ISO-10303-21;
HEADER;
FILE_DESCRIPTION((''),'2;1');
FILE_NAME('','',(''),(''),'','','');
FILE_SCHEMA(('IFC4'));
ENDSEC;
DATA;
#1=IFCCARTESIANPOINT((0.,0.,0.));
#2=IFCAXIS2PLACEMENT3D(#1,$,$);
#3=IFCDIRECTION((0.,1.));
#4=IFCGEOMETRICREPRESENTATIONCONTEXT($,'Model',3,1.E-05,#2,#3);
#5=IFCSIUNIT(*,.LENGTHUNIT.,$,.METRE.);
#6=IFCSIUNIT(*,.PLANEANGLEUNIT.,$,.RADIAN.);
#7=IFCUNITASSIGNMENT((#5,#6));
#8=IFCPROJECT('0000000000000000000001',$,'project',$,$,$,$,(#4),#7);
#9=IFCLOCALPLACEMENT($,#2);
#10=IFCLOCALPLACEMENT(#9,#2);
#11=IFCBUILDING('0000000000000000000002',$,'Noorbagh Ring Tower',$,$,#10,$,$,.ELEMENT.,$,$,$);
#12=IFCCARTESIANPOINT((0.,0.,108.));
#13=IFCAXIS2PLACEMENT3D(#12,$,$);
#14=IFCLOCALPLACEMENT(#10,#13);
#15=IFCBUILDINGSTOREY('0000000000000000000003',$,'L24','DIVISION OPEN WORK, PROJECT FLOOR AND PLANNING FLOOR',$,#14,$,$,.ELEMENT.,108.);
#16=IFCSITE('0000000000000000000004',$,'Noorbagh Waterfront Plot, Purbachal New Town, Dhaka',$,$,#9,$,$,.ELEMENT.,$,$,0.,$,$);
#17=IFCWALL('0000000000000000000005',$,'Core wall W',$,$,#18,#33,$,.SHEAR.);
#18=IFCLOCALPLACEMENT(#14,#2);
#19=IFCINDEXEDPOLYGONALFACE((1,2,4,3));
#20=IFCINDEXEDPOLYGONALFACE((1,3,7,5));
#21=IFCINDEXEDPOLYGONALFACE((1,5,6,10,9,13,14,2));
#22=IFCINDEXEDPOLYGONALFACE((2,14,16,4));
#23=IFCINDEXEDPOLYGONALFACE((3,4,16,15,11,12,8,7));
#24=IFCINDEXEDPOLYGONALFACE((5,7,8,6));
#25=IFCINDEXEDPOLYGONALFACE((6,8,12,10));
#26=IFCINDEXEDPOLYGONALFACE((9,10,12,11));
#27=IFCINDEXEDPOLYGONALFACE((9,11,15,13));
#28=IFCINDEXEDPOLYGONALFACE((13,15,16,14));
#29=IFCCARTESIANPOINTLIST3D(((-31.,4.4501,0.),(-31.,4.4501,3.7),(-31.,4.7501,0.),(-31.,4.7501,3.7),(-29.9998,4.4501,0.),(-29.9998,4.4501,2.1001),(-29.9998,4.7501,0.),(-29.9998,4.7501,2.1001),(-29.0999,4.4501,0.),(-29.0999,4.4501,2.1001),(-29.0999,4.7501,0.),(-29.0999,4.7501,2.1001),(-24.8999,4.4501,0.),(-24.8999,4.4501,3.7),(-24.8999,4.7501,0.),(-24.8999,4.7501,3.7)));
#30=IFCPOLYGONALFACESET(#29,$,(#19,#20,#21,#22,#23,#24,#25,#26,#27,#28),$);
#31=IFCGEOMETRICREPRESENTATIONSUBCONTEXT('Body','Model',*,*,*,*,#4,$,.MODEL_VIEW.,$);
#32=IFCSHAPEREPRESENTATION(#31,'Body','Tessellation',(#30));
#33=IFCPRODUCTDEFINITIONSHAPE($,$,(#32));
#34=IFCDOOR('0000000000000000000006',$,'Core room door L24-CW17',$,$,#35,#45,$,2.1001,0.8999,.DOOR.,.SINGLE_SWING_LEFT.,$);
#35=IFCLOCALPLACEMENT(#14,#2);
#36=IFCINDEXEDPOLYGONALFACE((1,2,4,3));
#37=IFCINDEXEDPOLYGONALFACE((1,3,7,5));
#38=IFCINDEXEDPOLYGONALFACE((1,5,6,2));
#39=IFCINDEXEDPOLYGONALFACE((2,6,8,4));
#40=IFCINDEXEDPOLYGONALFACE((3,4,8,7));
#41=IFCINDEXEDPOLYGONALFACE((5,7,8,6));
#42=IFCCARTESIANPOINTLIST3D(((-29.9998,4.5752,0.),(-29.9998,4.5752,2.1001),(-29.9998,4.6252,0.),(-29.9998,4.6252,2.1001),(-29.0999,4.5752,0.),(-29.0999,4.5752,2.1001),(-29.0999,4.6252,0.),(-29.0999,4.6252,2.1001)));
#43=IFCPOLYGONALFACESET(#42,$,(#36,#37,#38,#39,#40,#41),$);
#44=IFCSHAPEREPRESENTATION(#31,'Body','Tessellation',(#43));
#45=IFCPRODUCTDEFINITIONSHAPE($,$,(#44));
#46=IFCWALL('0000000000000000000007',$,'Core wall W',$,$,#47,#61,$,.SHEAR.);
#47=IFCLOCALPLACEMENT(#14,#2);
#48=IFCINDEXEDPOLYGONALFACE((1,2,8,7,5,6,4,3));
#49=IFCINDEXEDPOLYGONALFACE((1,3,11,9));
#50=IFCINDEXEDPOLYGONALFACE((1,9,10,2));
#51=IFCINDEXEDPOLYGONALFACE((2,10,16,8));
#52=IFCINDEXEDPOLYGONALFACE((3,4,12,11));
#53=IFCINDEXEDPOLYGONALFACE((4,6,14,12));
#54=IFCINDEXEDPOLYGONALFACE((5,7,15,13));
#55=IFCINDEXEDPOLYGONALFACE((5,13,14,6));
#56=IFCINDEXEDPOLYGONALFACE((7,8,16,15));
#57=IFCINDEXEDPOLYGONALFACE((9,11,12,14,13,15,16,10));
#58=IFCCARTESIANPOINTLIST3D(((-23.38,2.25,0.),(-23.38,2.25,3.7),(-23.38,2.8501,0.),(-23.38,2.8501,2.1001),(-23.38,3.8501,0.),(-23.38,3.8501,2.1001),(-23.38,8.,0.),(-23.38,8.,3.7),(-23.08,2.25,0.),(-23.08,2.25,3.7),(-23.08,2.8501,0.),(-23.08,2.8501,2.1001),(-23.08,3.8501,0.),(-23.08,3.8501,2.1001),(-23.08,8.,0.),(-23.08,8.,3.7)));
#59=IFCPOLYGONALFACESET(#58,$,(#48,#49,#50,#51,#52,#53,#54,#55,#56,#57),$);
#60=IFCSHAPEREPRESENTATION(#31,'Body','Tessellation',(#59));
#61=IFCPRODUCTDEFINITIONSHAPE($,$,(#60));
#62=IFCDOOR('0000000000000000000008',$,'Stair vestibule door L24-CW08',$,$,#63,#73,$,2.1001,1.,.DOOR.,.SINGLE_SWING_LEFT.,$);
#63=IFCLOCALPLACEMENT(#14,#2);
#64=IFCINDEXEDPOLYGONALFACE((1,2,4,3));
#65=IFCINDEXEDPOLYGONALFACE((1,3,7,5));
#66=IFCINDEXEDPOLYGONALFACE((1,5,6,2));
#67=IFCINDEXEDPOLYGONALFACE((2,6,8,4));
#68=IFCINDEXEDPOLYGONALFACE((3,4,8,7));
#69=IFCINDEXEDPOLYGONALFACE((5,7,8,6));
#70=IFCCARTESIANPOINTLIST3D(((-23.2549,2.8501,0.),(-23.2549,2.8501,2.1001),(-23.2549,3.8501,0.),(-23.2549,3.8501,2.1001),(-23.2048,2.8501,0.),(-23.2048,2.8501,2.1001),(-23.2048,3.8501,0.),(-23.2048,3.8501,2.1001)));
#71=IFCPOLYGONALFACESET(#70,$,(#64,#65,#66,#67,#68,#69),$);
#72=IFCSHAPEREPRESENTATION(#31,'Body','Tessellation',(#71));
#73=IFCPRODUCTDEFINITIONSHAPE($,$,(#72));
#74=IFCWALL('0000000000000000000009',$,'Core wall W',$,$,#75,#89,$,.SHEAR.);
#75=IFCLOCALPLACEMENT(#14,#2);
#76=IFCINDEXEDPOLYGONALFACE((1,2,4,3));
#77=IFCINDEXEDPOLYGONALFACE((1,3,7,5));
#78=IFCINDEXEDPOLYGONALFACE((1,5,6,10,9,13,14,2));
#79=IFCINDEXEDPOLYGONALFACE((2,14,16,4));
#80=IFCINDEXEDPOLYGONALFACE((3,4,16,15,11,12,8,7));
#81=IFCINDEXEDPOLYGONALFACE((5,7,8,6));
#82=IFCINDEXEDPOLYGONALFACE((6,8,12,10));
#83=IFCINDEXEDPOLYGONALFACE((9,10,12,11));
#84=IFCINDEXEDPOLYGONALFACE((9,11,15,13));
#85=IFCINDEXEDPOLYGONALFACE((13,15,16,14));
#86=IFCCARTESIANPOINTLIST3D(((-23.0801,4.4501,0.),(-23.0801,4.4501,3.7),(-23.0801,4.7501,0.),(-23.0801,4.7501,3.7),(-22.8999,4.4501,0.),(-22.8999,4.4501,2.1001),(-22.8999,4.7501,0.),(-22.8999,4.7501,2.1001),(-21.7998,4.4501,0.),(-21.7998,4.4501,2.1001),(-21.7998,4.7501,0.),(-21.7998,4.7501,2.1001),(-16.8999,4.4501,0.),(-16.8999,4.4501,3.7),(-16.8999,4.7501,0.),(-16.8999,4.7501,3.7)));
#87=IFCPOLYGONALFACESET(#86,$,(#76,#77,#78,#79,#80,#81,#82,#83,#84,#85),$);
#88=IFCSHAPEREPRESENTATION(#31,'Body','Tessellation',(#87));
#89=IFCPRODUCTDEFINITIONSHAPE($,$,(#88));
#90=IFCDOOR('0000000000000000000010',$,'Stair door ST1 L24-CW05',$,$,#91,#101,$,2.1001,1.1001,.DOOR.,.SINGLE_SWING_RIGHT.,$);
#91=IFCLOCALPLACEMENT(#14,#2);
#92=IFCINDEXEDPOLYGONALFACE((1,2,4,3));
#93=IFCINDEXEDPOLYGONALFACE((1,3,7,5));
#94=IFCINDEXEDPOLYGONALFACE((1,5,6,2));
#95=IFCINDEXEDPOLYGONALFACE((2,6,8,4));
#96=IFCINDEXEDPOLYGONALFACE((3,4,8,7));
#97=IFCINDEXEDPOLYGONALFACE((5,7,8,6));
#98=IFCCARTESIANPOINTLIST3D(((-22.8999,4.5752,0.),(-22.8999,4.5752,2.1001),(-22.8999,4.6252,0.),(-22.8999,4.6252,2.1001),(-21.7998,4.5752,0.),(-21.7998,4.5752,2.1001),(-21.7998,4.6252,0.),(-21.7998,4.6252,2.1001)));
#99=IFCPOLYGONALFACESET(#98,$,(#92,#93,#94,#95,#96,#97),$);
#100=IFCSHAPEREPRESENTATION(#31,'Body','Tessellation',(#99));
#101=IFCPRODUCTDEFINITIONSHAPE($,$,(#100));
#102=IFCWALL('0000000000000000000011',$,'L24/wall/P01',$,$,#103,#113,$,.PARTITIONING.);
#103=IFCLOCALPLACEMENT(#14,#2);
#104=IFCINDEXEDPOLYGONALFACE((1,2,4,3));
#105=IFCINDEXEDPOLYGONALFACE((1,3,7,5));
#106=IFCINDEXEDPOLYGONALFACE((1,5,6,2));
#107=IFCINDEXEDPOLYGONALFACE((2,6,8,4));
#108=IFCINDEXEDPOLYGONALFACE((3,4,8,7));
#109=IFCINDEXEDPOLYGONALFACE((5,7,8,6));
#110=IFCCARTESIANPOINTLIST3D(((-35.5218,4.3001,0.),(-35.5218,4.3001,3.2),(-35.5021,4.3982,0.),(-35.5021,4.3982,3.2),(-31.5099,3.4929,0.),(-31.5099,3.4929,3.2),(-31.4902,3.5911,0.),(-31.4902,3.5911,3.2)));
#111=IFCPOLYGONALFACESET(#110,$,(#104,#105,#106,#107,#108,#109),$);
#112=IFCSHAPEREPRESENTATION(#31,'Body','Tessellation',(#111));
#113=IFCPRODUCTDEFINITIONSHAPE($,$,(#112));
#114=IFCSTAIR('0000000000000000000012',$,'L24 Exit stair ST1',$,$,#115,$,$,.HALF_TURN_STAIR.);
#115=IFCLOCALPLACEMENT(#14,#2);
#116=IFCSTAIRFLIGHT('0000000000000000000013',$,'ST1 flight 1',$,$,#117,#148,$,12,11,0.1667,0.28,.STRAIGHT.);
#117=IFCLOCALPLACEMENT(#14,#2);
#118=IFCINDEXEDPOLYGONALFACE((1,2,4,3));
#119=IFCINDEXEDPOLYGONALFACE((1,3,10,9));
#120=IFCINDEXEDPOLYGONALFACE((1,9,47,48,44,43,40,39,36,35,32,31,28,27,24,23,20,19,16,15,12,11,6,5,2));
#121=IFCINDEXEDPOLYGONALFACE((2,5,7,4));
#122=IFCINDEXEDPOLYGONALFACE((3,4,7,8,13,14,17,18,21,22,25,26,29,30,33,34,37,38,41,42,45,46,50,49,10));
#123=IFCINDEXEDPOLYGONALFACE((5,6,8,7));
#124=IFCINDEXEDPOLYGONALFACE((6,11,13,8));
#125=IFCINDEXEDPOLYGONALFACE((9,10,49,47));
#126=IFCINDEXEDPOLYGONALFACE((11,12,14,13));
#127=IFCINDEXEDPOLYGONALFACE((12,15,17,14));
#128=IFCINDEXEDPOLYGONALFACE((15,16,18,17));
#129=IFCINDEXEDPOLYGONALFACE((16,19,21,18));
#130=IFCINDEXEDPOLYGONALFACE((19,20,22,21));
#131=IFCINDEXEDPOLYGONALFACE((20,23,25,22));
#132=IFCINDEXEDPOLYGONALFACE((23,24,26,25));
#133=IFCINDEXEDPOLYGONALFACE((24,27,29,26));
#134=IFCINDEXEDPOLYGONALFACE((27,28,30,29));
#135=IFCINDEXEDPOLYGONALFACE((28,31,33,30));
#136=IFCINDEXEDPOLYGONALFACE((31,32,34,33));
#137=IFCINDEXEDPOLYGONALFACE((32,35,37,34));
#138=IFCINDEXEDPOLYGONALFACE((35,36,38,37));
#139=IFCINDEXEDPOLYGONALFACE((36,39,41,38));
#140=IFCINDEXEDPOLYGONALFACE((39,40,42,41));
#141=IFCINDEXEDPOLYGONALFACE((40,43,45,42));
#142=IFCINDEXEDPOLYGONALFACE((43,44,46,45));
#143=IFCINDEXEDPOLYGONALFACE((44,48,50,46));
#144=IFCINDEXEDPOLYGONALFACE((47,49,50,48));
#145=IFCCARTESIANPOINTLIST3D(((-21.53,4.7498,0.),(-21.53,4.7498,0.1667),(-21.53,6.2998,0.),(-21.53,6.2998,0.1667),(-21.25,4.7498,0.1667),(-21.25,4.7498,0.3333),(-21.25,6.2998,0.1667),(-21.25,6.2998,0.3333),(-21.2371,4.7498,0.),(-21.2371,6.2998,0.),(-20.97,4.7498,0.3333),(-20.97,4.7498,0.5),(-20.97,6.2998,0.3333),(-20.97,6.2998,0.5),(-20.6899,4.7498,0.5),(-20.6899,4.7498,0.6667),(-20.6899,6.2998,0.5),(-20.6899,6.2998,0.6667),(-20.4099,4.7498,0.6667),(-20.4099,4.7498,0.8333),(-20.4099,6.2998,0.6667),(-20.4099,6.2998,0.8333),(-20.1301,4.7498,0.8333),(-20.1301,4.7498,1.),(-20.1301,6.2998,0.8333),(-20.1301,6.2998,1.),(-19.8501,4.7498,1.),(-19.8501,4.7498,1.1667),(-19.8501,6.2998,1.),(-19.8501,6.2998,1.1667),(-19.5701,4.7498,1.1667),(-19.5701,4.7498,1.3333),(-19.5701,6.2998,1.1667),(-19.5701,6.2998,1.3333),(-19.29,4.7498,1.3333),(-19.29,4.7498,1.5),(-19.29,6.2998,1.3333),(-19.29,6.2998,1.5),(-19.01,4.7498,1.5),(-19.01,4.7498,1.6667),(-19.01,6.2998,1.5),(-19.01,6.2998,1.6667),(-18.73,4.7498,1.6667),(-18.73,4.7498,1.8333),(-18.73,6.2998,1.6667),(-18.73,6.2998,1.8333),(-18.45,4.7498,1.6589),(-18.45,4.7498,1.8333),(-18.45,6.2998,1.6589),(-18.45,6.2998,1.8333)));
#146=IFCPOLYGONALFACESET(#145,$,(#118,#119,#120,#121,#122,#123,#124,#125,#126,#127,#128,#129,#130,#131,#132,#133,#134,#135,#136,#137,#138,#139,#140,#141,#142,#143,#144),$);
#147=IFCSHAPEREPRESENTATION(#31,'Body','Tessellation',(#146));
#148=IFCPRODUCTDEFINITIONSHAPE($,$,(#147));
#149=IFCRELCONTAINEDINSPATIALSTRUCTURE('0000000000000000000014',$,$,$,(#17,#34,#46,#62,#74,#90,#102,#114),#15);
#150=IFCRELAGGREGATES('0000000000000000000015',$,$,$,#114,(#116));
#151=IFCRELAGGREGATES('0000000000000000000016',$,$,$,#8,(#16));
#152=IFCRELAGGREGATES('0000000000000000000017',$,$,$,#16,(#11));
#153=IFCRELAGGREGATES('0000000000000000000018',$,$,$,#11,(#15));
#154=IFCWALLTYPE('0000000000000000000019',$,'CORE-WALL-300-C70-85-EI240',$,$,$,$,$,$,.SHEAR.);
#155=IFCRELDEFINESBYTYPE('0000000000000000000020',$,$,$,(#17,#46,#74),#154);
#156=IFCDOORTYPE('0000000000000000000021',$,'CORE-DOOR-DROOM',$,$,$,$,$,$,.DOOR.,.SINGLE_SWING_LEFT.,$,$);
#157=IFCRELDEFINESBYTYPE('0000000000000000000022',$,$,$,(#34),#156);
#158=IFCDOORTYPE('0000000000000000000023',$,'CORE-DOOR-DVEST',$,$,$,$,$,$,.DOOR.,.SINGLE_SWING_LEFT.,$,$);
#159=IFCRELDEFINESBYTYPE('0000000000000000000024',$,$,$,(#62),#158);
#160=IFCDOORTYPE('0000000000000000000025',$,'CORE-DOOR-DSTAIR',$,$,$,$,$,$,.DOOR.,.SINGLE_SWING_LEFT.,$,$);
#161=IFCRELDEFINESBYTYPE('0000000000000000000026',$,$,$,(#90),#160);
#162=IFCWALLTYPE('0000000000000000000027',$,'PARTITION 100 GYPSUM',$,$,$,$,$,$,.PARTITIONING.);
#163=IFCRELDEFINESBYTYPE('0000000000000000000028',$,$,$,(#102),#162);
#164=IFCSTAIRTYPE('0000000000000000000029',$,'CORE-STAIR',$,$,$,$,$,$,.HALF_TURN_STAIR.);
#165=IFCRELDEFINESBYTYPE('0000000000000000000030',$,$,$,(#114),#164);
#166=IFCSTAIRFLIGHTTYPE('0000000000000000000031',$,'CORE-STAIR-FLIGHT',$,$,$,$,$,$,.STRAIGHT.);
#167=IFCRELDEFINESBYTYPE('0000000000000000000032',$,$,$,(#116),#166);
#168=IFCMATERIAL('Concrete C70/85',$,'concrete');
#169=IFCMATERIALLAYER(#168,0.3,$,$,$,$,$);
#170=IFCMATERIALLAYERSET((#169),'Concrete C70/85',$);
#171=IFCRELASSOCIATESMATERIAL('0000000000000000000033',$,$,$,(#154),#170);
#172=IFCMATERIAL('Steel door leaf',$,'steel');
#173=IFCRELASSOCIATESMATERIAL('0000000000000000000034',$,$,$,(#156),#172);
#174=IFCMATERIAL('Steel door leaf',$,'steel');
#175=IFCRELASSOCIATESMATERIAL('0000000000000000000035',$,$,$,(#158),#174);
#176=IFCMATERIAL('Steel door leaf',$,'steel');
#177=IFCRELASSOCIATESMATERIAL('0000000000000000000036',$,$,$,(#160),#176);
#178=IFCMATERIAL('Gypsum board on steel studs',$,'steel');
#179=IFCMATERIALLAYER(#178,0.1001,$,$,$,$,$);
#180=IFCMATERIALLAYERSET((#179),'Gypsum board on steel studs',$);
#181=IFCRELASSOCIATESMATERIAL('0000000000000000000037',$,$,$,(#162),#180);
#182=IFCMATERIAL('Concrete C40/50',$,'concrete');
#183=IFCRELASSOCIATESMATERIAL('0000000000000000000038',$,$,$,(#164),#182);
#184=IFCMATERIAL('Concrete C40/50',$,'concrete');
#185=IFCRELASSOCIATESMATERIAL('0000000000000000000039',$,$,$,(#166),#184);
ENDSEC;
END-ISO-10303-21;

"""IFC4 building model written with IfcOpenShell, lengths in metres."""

from ifc_helpers import new_model, si_unit, direction, frame, frame_2d, origin, place, context, subcontext, project, spatial, polyline, rectangle, outline, extrude, material, layer, layer_set, type_object, element, fill, aggregate, save


model = new_model("IFC4")

# Units and contexts
model_context = context("Model", 3, precision=1e-05, world=origin(), true_north=direction((0.0, 1.0)))
body_context = subcontext(model_context, "Body", "Model", "MODEL_VIEW")
ifc_project = project(units=[si_unit("LENGTHUNIT", "METRE"), si_unit("PLANEANGLEUNIT", "RADIAN")], contexts=[model_context])

# Site, building, storey
site_placement = place(None, origin())
site = spatial("IfcSite", under=ifc_project, at=site_placement, Name="Noorbagh Waterfront Plot, Purbachal New Town, Dhaka", CompositionType="ELEMENT", RefElevation=0.0)
building_placement = place(site_placement, origin())
building = spatial("IfcBuilding", under=site, at=building_placement, Name="Noorbagh Ring Tower", CompositionType="ELEMENT")
storey_placement = place(building_placement, frame((0.0, 0.0, 108.0)))
storey = spatial("IfcBuildingStorey", under=building, at=storey_placement, Name="L24", Description="DIVISION OPEN WORK, PROJECT FLOOR AND PLANNING FLOOR", CompositionType="ELEMENT", Elevation=108.0)

# Walls, openings, doors
ifc_material_1 = material(Name="Concrete C70/85", Category="concrete")
ifc_layer_1 = layer(ifc_material_1, 0.3)
ifc_layer_set_1 = layer_set([ifc_layer_1], Name="Concrete C70/85")
wall_type_1 = type_object("IfcWallType", Name="CORE-WALL-300-C70-85-EI240", PredefinedType="SHEAR", material=ifc_layer_set_1)
wall_1_placement = place(storey_placement, frame((-24.8999, 4.6001, 0.0), z_axis=(0.0, 0.0, 1.0), x_axis=(-1.0, 0.0, 0.0)))
wall_1 = element("IfcWall", 1, at=wall_1_placement, inside=storey, type_object=wall_type_1, Name="Core wall W", PredefinedType="SHEAR", context=body_context, shape_type="SweptSolid", body=[
    extrude(rectangle(XDim=6.1001, YDim=0.3, at=frame_2d((3.05, 0.0))), origin(), (0.0, 0.0, 1.0), 3.7),
])
opening_1_placement = place(wall_1_placement, frame((4.2, 0.0, 0.0)))
opening_1 = element("IfcOpeningElement", 2, at=opening_1_placement, cuts=wall_1, PredefinedType="OPENING", context=body_context, shape_type="SweptSolid", body=[
    extrude(rectangle(XDim=0.8999, YDim=2.1001, at=frame_2d((0.45, 1.05))), frame((0.0, 0.1602, 0.0), z_axis=(0.0, -1.0, 0.0), x_axis=(1.0, 0.0, 0.0)), (0.0, 0.0, 1.0), 0.3201),
])
ifc_material_2 = material(Name="Steel door leaf", Category="steel")
door_type_1 = type_object("IfcDoorType", Name="CORE-DOOR-DROOM", OperationType="SINGLE_SWING_LEFT", PredefinedType="DOOR", material=ifc_material_2)
door_1_placement = place(opening_1_placement, origin())
door_1 = element("IfcDoor", 3, at=door_1_placement, inside=storey, type_object=door_type_1, Name="Core room door L24-CW17", OperationType="SINGLE_SWING_LEFT", OverallHeight=2.1001, OverallWidth=0.8999, PredefinedType="DOOR", context=body_context, shape_type="SweptSolid", body=[
    extrude(rectangle(XDim=0.8999, YDim=2.1001, at=frame_2d((0.45, 1.05))), frame((0.0, 0.0249, 0.0), z_axis=(0.0, -1.0, 0.0), x_axis=(1.0, 0.0, 0.0)), (0.0, 0.0, 1.0), 0.05),
])
fill(opening_1, door_1)
wall_2_placement = place(storey_placement, frame((-23.23, 2.25, 0.0), z_axis=(0.0, 0.0, 1.0), x_axis=(0.0, 1.0, 0.0)))
wall_2 = element("IfcWall", 4, at=wall_2_placement, inside=storey, type_object=wall_type_1, Name="Core wall W", PredefinedType="SHEAR", context=body_context, shape_type="SweptSolid", body=[
    extrude(rectangle(XDim=5.75, YDim=0.3, at=frame_2d((2.875, 0.0))), origin(), (0.0, 0.0, 1.0), 3.7),
])
opening_2_placement = place(wall_2_placement, frame((0.6001, 0.0, 0.0)))
opening_2 = element("IfcOpeningElement", 5, at=opening_2_placement, cuts=wall_2, PredefinedType="OPENING", context=body_context, shape_type="SweptSolid", body=[
    extrude(rectangle(XDim=1.0, YDim=2.1001, at=frame_2d((0.5, 1.05))), frame((0.0, 0.1602, 0.0), z_axis=(0.0, -1.0, 0.0), x_axis=(1.0, 0.0, 0.0)), (0.0, 0.0, 1.0), 0.3201),
])
ifc_material_3 = material(Name="Steel door leaf", Category="steel")
door_type_2 = type_object("IfcDoorType", Name="CORE-DOOR-DVEST", OperationType="SINGLE_SWING_LEFT", PredefinedType="DOOR", material=ifc_material_3)
door_2_placement = place(opening_2_placement, origin())
door_2 = element("IfcDoor", 6, at=door_2_placement, inside=storey, type_object=door_type_2, Name="Stair vestibule door L24-CW08", OperationType="SINGLE_SWING_LEFT", OverallHeight=2.1001, OverallWidth=1.0, PredefinedType="DOOR", context=body_context, shape_type="SweptSolid", body=[
    extrude(rectangle(XDim=1.0, YDim=2.1001, at=frame_2d((0.5, 1.05))), frame((0.0, 0.0249, 0.0), z_axis=(0.0, -1.0, 0.0), x_axis=(1.0, 0.0, 0.0)), (0.0, 0.0, 1.0), 0.05),
])
fill(opening_2, door_2)
wall_3_placement = place(storey_placement, frame((-16.8999, 4.6001, 0.0), z_axis=(0.0, 0.0, 1.0), x_axis=(-1.0, 0.0, 0.0)))
wall_3 = element("IfcWall", 7, at=wall_3_placement, inside=storey, type_object=wall_type_1, Name="Core wall W", PredefinedType="SHEAR", context=body_context, shape_type="SweptSolid", body=[
    extrude(rectangle(XDim=6.1802, YDim=0.3, at=frame_2d((3.0901, 0.0))), origin(), (0.0, 0.0, 1.0), 3.7),
])
opening_3_placement = place(wall_3_placement, frame((4.8999, 0.0, 0.0)))
opening_3 = element("IfcOpeningElement", 8, at=opening_3_placement, cuts=wall_3, PredefinedType="OPENING", context=body_context, shape_type="SweptSolid", body=[
    extrude(rectangle(XDim=1.1001, YDim=2.1001, at=frame_2d((0.55, 1.05))), frame((0.0, 0.1602, 0.0), z_axis=(0.0, -1.0, 0.0), x_axis=(1.0, 0.0, 0.0)), (0.0, 0.0, 1.0), 0.3201),
])
ifc_material_4 = material(Name="Steel door leaf", Category="steel")
door_type_3 = type_object("IfcDoorType", Name="CORE-DOOR-DSTAIR", OperationType="SINGLE_SWING_LEFT", PredefinedType="DOOR", material=ifc_material_4)
door_3_placement = place(opening_3_placement, origin())
door_3 = element("IfcDoor", 9, at=door_3_placement, inside=storey, type_object=door_type_3, Name="Stair door ST1 L24-CW05", OperationType="SINGLE_SWING_RIGHT", OverallHeight=2.1001, OverallWidth=1.1001, PredefinedType="DOOR", context=body_context, shape_type="SweptSolid", body=[
    extrude(rectangle(XDim=1.1001, YDim=2.1001, at=frame_2d((0.55, 1.05))), frame((0.0, 0.0249, 0.0), z_axis=(0.0, -1.0, 0.0), x_axis=(1.0, 0.0, 0.0)), (0.0, 0.0, 1.0), 0.05),
])
fill(opening_3, door_3)

# Wall
ifc_material_5 = material(Name="Gypsum board on steel studs", Category="steel")
ifc_layer_2 = layer(ifc_material_5, 0.1001)
ifc_layer_set_2 = layer_set([ifc_layer_2], Name="Gypsum board on steel studs")
wall_type_2 = type_object("IfcWallType", Name="PARTITION 100 GYPSUM", PredefinedType="PARTITIONING", material=ifc_layer_set_2)
wall_4_placement = place(storey_placement, frame((-35.512, 4.3491, 0.0), z_axis=(0.0, 0.0, 1.0), x_axis=(0.980357, -0.197229, 0.0)))
element("IfcWall", 10, at=wall_4_placement, inside=storey, type_object=wall_type_2, Name="L24/wall/P01", PredefinedType="PARTITIONING", context=body_context, shape_type="SweptSolid", body=[
    extrude(rectangle(XDim=4.0923, YDim=0.1001, at=frame_2d((2.0461, 0.0))), origin(), (0.0, 0.0, 1.0), 3.2),
])

# Stair, stair flight
ifc_material_6 = material(Name="Concrete C40/50", Category="concrete")
stair_type = type_object("IfcStairType", Name="CORE-STAIR", PredefinedType="HALF_TURN_STAIR", material=ifc_material_6)
stair_placement = place(storey_placement, origin())
stair = element("IfcStair", 11, at=stair_placement, inside=storey, type_object=stair_type, Name="L24 Exit stair ST1", PredefinedType="HALF_TURN_STAIR")
ifc_material_7 = material(Name="Concrete C40/50", Category="concrete")
stair_flight_type = type_object("IfcStairFlightType", Name="CORE-STAIR-FLIGHT", PredefinedType="STRAIGHT", material=ifc_material_7)
stair_flight_placement = place(storey_placement, frame((-21.53, 5.5249, 0.0), z_axis=(0.0, 0.0, 1.0), x_axis=(1.0, 0.0, 0.0)))
stair_flight = element("IfcStairFlight", 12, at=stair_flight_placement, type_object=stair_flight_type, Name="ST1 flight 1", NumberOfRisers=12, NumberOfTreads=11, PredefinedType="STRAIGHT", RiserHeight=0.1667, TreadLength=0.28, context=body_context, shape_type="SweptSolid", body=[
    extrude(outline(polyline([(0.0, 0.0), (0.0, 0.1667), (0.28, 0.1667), (0.28, 0.3333), (0.5601, 0.3333), (0.5601, 0.5), (0.8401, 0.5), (0.8401, 0.6667), (1.1201, 0.6667), (1.1201, 0.8333), (1.3999, 0.8333), (1.3999, 1.0), (1.6799, 1.0), (1.6799, 1.1667), (1.96, 1.1667), (1.96, 1.3333), (2.24, 1.3333), (2.24, 1.5), (2.52, 1.5), (2.52, 1.6667), (2.8, 1.6667), (2.8, 1.8333), (3.0801, 1.8333), (3.0801, 2.0), (3.0801, 1.6589), (0.293, 0.0), (0.0, 0.0)])), frame((0.0, 0.7749, 0.0), z_axis=(0.0, -1.0, 0.0), x_axis=(1.0, 0.0, 0.0)), (0.0, 0.0, 1.0), 1.55),
])
aggregate(stair, [stair_flight])

save(model, "model.ifc")
